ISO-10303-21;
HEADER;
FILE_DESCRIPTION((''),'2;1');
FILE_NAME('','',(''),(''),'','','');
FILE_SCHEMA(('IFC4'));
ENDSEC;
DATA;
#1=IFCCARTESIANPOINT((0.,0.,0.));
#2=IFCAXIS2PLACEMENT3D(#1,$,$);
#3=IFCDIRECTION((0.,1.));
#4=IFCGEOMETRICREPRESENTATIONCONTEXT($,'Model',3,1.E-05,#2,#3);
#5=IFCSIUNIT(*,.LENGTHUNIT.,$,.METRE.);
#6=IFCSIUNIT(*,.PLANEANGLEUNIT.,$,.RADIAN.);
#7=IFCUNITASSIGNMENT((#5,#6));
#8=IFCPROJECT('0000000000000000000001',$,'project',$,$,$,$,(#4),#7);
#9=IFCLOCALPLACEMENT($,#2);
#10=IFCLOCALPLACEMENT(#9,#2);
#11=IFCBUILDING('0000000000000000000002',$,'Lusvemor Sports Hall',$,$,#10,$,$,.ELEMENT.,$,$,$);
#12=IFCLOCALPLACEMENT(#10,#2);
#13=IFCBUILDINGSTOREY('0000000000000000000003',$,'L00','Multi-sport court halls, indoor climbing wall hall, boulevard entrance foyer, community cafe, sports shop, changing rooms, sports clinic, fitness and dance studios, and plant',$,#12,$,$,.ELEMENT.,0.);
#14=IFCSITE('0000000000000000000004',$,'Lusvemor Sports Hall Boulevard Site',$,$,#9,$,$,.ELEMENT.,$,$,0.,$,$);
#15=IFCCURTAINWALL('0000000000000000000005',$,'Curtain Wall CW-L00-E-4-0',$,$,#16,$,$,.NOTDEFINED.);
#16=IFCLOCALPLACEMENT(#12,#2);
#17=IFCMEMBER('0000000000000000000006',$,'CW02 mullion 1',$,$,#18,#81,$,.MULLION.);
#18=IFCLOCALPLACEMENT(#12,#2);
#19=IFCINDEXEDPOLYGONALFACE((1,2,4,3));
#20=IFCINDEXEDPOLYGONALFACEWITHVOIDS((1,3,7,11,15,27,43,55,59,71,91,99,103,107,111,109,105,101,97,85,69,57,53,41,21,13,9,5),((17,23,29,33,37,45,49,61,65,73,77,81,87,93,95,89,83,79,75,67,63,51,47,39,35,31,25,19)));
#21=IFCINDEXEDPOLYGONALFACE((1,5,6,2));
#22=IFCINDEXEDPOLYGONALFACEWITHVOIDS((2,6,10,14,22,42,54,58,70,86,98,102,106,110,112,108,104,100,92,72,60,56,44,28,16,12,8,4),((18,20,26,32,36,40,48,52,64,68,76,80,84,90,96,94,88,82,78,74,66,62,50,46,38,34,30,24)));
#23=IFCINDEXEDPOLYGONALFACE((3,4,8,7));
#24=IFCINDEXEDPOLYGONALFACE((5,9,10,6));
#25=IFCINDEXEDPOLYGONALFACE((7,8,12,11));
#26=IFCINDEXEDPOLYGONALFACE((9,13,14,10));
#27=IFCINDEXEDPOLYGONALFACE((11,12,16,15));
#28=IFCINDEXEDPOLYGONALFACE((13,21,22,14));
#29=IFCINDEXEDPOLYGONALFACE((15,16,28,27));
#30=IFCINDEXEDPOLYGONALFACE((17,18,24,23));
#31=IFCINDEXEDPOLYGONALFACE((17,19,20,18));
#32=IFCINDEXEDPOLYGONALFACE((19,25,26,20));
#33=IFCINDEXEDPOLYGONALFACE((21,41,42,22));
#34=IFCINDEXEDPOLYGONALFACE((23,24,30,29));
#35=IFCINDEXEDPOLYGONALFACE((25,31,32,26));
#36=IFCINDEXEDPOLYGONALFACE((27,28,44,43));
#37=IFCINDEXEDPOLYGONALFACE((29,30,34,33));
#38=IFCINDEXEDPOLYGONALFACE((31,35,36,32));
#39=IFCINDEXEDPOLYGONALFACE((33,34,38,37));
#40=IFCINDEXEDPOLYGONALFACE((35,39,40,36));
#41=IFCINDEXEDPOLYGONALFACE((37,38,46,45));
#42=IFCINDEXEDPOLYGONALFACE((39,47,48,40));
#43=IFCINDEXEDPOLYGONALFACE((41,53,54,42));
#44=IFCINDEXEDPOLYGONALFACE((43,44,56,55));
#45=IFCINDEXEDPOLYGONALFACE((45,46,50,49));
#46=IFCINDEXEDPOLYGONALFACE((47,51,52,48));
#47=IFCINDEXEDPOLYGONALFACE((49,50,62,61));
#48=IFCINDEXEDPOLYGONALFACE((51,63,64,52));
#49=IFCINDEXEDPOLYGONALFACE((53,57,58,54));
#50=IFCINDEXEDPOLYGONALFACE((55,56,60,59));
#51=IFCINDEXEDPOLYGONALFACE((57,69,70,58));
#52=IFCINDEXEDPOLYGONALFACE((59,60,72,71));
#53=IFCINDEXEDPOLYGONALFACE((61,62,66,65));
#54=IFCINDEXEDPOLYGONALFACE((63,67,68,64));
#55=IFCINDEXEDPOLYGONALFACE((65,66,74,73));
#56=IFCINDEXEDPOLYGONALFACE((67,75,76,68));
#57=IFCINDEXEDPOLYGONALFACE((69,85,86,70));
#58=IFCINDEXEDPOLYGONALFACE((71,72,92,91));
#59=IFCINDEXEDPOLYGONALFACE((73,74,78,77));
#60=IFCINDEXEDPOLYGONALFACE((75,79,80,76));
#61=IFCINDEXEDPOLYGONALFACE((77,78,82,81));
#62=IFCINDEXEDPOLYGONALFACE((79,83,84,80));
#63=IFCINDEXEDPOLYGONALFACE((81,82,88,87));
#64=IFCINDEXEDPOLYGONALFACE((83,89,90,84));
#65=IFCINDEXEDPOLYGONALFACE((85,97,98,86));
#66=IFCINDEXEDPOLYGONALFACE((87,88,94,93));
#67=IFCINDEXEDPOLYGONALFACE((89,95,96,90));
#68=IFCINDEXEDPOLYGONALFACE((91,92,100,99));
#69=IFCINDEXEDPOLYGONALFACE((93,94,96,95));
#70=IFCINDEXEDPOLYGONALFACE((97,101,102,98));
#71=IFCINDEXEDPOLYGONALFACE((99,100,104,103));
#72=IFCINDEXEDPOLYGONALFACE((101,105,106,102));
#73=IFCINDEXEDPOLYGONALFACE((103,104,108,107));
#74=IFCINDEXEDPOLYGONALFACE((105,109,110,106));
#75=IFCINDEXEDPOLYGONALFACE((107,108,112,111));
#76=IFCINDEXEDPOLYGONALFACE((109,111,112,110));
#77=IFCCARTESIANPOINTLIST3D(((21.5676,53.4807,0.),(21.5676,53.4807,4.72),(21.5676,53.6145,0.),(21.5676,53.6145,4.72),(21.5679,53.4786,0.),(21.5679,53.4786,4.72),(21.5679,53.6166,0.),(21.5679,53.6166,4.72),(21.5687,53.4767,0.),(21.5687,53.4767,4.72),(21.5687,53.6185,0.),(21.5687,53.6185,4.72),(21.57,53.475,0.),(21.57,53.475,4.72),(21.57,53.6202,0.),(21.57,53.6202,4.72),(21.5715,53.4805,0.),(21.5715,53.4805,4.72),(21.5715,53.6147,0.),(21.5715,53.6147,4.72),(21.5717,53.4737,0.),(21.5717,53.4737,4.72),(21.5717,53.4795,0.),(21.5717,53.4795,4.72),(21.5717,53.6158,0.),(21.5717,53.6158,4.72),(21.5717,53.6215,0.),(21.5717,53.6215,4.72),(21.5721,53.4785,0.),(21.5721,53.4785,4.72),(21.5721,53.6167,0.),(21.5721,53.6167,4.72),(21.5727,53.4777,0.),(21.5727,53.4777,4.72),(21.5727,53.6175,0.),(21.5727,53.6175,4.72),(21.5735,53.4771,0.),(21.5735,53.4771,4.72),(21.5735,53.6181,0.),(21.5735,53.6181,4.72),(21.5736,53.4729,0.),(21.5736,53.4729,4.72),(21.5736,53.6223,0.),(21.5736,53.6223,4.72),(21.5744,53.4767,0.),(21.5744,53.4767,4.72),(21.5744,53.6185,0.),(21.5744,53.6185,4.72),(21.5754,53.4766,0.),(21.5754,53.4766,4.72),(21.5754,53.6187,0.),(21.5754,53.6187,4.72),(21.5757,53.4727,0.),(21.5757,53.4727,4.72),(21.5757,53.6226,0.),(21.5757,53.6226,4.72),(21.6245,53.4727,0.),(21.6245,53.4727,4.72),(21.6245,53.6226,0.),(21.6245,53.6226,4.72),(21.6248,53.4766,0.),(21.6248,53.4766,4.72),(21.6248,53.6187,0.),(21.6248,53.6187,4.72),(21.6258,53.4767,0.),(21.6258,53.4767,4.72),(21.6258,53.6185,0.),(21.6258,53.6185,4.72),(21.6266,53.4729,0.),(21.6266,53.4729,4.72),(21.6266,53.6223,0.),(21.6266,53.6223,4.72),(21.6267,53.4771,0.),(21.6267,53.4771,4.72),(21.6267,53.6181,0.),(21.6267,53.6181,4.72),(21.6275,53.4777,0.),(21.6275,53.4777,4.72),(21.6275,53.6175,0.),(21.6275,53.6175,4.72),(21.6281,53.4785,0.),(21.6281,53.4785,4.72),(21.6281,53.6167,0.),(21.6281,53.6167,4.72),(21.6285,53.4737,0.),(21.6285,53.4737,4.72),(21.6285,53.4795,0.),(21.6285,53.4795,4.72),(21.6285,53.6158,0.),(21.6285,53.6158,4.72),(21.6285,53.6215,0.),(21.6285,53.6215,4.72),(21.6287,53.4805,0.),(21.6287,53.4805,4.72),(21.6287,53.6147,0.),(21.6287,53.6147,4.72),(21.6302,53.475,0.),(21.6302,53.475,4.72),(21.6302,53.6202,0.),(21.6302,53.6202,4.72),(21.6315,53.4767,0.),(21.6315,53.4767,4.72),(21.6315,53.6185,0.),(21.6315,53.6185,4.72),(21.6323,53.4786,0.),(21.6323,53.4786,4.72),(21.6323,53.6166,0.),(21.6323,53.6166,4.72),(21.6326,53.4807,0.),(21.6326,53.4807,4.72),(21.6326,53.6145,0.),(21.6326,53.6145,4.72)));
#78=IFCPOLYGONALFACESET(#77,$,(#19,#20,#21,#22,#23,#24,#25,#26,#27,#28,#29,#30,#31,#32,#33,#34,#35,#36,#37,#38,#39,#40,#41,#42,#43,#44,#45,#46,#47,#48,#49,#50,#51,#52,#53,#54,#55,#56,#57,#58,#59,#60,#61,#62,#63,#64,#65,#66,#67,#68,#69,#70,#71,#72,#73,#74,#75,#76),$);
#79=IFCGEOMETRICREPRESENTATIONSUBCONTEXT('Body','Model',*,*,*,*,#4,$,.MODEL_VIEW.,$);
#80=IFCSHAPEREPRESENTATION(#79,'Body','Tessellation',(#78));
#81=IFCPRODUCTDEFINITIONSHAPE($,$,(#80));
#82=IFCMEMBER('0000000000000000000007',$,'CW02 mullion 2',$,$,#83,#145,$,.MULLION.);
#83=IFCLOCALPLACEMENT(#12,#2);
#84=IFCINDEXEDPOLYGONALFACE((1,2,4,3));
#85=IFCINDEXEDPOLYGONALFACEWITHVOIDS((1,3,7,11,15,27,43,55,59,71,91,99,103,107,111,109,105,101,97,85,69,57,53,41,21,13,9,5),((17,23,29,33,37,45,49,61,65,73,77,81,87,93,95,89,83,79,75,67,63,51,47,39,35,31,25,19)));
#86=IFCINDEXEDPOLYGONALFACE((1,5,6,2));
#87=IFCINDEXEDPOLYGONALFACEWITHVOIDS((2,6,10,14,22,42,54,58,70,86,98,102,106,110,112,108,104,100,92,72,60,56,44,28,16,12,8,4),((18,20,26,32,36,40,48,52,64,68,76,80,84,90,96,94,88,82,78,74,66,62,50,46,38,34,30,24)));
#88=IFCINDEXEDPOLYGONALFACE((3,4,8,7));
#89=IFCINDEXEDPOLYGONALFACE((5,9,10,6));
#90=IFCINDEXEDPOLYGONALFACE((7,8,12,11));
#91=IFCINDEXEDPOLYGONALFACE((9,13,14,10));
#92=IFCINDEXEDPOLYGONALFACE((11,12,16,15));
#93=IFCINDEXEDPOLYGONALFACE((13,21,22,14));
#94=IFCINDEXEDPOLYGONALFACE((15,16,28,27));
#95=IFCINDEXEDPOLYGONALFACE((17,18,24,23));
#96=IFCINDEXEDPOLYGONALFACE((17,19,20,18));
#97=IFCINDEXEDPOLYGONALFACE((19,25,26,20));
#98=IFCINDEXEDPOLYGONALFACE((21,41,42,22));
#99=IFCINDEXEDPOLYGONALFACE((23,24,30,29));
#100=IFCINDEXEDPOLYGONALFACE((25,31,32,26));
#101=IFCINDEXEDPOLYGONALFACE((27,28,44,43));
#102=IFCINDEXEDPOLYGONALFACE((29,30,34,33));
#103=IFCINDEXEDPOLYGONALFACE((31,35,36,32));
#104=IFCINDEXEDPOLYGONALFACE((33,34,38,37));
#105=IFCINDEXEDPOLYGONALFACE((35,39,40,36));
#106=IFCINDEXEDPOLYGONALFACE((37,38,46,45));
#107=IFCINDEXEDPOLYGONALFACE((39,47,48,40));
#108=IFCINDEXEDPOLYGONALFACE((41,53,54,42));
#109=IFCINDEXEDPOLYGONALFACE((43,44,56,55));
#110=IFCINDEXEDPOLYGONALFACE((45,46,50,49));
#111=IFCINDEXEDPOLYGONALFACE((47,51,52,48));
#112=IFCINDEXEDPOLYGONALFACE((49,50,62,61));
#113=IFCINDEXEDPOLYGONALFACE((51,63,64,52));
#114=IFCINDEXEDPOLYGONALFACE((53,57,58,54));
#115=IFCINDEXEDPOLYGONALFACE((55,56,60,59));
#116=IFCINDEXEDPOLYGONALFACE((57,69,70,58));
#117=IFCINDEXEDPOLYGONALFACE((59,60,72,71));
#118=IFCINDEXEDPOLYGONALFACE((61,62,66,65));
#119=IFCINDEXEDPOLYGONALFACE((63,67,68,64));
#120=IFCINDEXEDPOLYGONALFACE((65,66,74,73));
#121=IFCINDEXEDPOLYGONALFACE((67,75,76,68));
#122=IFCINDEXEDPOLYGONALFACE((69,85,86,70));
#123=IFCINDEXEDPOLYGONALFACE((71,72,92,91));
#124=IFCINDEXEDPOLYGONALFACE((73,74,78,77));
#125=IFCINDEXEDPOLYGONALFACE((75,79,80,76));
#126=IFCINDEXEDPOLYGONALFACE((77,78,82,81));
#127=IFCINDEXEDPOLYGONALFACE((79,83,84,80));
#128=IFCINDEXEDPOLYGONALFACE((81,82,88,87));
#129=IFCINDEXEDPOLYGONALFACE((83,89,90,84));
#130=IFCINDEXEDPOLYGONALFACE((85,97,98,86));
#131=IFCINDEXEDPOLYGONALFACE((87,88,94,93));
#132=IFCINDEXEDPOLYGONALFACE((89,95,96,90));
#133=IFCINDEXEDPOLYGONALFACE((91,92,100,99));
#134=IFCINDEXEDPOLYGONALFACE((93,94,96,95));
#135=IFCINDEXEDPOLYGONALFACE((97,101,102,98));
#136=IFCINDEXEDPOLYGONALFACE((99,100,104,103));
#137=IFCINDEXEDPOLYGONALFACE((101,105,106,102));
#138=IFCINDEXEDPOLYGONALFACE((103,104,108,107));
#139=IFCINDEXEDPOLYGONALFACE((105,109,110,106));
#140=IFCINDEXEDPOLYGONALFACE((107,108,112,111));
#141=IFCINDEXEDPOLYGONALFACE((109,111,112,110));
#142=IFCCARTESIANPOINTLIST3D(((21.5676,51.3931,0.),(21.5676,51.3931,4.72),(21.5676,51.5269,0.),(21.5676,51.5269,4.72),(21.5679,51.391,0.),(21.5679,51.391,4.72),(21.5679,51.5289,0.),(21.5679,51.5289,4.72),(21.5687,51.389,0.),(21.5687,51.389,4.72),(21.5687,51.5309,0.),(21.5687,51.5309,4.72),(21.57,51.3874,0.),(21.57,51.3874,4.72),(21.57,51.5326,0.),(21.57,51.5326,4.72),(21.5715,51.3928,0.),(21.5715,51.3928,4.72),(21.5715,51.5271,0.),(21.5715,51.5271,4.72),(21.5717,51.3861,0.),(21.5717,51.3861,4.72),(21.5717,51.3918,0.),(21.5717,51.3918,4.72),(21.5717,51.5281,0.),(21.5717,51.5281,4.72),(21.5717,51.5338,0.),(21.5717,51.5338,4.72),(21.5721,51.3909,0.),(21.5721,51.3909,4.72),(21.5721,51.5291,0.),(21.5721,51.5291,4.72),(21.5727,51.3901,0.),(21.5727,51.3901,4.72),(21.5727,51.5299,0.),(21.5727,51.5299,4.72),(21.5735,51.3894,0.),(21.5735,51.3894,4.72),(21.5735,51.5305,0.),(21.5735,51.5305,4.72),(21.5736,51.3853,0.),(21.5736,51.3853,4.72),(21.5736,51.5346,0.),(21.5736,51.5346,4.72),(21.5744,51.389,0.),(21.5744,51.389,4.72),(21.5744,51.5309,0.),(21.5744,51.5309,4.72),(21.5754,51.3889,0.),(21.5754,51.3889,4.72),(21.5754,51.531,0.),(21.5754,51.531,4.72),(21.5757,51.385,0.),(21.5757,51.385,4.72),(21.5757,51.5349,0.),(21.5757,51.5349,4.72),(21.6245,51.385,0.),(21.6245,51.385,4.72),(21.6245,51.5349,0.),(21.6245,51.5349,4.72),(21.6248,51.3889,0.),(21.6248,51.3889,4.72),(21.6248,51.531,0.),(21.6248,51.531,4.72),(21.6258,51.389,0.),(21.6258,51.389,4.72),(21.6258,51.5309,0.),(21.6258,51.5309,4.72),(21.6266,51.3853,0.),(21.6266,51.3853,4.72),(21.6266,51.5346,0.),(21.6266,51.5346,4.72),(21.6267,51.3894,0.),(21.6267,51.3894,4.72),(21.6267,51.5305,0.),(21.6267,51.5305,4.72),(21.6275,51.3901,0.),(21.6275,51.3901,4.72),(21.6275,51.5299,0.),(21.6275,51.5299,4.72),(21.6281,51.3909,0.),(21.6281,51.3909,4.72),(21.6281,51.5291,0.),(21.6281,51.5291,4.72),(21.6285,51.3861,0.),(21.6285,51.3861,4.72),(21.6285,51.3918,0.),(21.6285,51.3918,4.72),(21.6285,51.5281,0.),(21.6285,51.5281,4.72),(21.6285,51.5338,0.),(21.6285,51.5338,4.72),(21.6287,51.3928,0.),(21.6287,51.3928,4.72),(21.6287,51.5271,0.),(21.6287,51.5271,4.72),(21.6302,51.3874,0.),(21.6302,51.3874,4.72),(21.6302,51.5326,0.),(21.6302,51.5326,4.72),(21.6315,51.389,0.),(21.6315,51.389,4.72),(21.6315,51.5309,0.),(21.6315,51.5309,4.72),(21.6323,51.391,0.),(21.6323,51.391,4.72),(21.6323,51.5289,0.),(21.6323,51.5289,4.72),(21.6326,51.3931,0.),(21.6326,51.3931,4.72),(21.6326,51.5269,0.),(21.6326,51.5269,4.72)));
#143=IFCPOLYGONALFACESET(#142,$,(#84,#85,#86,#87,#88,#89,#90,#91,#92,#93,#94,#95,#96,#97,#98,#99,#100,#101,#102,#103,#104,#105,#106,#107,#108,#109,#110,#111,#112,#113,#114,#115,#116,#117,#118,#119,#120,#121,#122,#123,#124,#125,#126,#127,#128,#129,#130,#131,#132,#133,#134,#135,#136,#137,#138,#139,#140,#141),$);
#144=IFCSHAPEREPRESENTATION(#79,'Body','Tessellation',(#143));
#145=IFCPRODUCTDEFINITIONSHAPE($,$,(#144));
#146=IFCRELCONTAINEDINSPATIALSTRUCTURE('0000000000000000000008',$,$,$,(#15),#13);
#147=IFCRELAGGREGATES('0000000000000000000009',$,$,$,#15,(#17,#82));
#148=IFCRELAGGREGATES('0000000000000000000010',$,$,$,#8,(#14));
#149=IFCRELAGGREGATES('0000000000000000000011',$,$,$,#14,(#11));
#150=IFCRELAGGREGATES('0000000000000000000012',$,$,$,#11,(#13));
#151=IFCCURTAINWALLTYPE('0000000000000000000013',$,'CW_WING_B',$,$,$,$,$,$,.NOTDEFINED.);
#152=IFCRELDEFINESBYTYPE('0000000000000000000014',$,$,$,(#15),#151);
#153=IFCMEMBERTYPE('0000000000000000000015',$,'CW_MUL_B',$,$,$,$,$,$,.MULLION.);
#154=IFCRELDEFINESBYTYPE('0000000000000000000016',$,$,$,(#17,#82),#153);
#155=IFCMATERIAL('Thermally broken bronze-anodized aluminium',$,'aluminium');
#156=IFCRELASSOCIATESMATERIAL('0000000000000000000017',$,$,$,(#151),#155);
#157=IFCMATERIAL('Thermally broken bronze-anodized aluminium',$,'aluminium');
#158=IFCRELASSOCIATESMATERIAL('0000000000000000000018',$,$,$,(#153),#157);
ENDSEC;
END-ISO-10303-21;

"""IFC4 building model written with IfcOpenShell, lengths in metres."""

from ifc_helpers import new_model, si_unit, direction, frame, origin, origin_2d, place, context, subcontext, project, spatial, hollow_rectangle, extrude, material, material_profile, profile_set, type_object, element, aggregate, save


model = new_model("IFC4")

# Units and contexts
model_context = context("Model", 3, precision=1e-05, world=origin(), true_north=direction((0.0, 1.0)))
body_context = subcontext(model_context, "Body", "Model", "MODEL_VIEW")
ifc_project = project(units=[si_unit("LENGTHUNIT", "METRE"), si_unit("PLANEANGLEUNIT", "RADIAN")], contexts=[model_context])

# Site, building, storey
site_placement = place(None, origin())
site = spatial("IfcSite", under=ifc_project, at=site_placement, Name="Lusvemor Sports Hall Boulevard Site", CompositionType="ELEMENT", RefElevation=0.0)
building_placement = place(site_placement, origin())
building = spatial("IfcBuilding", under=site, at=building_placement, Name="Lusvemor Sports Hall", CompositionType="ELEMENT")
storey_placement = place(building_placement, origin())
storey = spatial("IfcBuildingStorey", under=building, at=storey_placement, Name="L00", Description="Multi-sport court halls, indoor climbing wall hall, boulevard entrance foyer, community cafe, sports shop, changing rooms, sports clinic, fitness and dance studios, and plant", CompositionType="ELEMENT", Elevation=0.0)

# Curtain wall, members
ifc_material_1 = material(Name="Thermally broken bronze-anodized aluminium", Category="aluminium")
curtain_wall_type = type_object("IfcCurtainWallType", Name="CW_WING_B", PredefinedType="NOTDEFINED", material=ifc_material_1)
curtain_wall_placement = place(storey_placement, origin())
curtain_wall = element("IfcCurtainWall", 1, at=curtain_wall_placement, inside=storey, type_object=curtain_wall_type, Name="Curtain Wall CW-L00-E-4-0", PredefinedType="NOTDEFINED")
ifc_material_2 = material(Name="Thermally broken bronze-anodized aluminium", Category="aluminium")
ifc_material_profile_1 = material_profile(ifc_material_2, hollow_rectangle(XDim=0.0649, YDim=0.1499, WallThickness=0.0039, InnerFilletRadius=0.0039, OuterFilletRadius=0.0081, at=origin_2d()), Name="CWMUL150x65x4")
ifc_profile_set_1 = profile_set([ifc_material_profile_1], Name="Thermally broken bronze-anodized aluminium")
member_type_1 = type_object("IfcMemberType", Name="CW_MUL_B", PredefinedType="MULLION", material=ifc_profile_set_1)
member_1_placement = place(storey_placement, frame((21.6001, 53.5476, 0.0), z_axis=(0.0, 0.0, 1.0), x_axis=(1.0, 0.0, 0.0)))
member_1 = element("IfcMember", 2, at=member_1_placement, type_object=member_type_1, Name="CW02 mullion 1", PredefinedType="MULLION", context=body_context, shape_type="SweptSolid", body=[
    extrude(hollow_rectangle(XDim=0.0649, YDim=0.1499, WallThickness=0.0039, InnerFilletRadius=0.0039, OuterFilletRadius=0.0081, at=origin_2d()), origin(), (0.0, 0.0, 1.0), 4.72),
])
member_2_placement = place(storey_placement, frame((21.6001, 51.46, 0.0), z_axis=(0.0, 0.0, 1.0), x_axis=(1.0, 0.0, 0.0)))
member_2 = element("IfcMember", 3, at=member_2_placement, type_object=member_type_1, Name="CW02 mullion 2", PredefinedType="MULLION", context=body_context, shape_type="SweptSolid", body=[
    extrude(hollow_rectangle(XDim=0.0649, YDim=0.1499, WallThickness=0.0039, InnerFilletRadius=0.0039, OuterFilletRadius=0.0081, at=origin_2d()), origin(), (0.0, 0.0, 1.0), 4.72),
])
aggregate(curtain_wall, [member_1, member_2])

save(model, "model.ifc")
